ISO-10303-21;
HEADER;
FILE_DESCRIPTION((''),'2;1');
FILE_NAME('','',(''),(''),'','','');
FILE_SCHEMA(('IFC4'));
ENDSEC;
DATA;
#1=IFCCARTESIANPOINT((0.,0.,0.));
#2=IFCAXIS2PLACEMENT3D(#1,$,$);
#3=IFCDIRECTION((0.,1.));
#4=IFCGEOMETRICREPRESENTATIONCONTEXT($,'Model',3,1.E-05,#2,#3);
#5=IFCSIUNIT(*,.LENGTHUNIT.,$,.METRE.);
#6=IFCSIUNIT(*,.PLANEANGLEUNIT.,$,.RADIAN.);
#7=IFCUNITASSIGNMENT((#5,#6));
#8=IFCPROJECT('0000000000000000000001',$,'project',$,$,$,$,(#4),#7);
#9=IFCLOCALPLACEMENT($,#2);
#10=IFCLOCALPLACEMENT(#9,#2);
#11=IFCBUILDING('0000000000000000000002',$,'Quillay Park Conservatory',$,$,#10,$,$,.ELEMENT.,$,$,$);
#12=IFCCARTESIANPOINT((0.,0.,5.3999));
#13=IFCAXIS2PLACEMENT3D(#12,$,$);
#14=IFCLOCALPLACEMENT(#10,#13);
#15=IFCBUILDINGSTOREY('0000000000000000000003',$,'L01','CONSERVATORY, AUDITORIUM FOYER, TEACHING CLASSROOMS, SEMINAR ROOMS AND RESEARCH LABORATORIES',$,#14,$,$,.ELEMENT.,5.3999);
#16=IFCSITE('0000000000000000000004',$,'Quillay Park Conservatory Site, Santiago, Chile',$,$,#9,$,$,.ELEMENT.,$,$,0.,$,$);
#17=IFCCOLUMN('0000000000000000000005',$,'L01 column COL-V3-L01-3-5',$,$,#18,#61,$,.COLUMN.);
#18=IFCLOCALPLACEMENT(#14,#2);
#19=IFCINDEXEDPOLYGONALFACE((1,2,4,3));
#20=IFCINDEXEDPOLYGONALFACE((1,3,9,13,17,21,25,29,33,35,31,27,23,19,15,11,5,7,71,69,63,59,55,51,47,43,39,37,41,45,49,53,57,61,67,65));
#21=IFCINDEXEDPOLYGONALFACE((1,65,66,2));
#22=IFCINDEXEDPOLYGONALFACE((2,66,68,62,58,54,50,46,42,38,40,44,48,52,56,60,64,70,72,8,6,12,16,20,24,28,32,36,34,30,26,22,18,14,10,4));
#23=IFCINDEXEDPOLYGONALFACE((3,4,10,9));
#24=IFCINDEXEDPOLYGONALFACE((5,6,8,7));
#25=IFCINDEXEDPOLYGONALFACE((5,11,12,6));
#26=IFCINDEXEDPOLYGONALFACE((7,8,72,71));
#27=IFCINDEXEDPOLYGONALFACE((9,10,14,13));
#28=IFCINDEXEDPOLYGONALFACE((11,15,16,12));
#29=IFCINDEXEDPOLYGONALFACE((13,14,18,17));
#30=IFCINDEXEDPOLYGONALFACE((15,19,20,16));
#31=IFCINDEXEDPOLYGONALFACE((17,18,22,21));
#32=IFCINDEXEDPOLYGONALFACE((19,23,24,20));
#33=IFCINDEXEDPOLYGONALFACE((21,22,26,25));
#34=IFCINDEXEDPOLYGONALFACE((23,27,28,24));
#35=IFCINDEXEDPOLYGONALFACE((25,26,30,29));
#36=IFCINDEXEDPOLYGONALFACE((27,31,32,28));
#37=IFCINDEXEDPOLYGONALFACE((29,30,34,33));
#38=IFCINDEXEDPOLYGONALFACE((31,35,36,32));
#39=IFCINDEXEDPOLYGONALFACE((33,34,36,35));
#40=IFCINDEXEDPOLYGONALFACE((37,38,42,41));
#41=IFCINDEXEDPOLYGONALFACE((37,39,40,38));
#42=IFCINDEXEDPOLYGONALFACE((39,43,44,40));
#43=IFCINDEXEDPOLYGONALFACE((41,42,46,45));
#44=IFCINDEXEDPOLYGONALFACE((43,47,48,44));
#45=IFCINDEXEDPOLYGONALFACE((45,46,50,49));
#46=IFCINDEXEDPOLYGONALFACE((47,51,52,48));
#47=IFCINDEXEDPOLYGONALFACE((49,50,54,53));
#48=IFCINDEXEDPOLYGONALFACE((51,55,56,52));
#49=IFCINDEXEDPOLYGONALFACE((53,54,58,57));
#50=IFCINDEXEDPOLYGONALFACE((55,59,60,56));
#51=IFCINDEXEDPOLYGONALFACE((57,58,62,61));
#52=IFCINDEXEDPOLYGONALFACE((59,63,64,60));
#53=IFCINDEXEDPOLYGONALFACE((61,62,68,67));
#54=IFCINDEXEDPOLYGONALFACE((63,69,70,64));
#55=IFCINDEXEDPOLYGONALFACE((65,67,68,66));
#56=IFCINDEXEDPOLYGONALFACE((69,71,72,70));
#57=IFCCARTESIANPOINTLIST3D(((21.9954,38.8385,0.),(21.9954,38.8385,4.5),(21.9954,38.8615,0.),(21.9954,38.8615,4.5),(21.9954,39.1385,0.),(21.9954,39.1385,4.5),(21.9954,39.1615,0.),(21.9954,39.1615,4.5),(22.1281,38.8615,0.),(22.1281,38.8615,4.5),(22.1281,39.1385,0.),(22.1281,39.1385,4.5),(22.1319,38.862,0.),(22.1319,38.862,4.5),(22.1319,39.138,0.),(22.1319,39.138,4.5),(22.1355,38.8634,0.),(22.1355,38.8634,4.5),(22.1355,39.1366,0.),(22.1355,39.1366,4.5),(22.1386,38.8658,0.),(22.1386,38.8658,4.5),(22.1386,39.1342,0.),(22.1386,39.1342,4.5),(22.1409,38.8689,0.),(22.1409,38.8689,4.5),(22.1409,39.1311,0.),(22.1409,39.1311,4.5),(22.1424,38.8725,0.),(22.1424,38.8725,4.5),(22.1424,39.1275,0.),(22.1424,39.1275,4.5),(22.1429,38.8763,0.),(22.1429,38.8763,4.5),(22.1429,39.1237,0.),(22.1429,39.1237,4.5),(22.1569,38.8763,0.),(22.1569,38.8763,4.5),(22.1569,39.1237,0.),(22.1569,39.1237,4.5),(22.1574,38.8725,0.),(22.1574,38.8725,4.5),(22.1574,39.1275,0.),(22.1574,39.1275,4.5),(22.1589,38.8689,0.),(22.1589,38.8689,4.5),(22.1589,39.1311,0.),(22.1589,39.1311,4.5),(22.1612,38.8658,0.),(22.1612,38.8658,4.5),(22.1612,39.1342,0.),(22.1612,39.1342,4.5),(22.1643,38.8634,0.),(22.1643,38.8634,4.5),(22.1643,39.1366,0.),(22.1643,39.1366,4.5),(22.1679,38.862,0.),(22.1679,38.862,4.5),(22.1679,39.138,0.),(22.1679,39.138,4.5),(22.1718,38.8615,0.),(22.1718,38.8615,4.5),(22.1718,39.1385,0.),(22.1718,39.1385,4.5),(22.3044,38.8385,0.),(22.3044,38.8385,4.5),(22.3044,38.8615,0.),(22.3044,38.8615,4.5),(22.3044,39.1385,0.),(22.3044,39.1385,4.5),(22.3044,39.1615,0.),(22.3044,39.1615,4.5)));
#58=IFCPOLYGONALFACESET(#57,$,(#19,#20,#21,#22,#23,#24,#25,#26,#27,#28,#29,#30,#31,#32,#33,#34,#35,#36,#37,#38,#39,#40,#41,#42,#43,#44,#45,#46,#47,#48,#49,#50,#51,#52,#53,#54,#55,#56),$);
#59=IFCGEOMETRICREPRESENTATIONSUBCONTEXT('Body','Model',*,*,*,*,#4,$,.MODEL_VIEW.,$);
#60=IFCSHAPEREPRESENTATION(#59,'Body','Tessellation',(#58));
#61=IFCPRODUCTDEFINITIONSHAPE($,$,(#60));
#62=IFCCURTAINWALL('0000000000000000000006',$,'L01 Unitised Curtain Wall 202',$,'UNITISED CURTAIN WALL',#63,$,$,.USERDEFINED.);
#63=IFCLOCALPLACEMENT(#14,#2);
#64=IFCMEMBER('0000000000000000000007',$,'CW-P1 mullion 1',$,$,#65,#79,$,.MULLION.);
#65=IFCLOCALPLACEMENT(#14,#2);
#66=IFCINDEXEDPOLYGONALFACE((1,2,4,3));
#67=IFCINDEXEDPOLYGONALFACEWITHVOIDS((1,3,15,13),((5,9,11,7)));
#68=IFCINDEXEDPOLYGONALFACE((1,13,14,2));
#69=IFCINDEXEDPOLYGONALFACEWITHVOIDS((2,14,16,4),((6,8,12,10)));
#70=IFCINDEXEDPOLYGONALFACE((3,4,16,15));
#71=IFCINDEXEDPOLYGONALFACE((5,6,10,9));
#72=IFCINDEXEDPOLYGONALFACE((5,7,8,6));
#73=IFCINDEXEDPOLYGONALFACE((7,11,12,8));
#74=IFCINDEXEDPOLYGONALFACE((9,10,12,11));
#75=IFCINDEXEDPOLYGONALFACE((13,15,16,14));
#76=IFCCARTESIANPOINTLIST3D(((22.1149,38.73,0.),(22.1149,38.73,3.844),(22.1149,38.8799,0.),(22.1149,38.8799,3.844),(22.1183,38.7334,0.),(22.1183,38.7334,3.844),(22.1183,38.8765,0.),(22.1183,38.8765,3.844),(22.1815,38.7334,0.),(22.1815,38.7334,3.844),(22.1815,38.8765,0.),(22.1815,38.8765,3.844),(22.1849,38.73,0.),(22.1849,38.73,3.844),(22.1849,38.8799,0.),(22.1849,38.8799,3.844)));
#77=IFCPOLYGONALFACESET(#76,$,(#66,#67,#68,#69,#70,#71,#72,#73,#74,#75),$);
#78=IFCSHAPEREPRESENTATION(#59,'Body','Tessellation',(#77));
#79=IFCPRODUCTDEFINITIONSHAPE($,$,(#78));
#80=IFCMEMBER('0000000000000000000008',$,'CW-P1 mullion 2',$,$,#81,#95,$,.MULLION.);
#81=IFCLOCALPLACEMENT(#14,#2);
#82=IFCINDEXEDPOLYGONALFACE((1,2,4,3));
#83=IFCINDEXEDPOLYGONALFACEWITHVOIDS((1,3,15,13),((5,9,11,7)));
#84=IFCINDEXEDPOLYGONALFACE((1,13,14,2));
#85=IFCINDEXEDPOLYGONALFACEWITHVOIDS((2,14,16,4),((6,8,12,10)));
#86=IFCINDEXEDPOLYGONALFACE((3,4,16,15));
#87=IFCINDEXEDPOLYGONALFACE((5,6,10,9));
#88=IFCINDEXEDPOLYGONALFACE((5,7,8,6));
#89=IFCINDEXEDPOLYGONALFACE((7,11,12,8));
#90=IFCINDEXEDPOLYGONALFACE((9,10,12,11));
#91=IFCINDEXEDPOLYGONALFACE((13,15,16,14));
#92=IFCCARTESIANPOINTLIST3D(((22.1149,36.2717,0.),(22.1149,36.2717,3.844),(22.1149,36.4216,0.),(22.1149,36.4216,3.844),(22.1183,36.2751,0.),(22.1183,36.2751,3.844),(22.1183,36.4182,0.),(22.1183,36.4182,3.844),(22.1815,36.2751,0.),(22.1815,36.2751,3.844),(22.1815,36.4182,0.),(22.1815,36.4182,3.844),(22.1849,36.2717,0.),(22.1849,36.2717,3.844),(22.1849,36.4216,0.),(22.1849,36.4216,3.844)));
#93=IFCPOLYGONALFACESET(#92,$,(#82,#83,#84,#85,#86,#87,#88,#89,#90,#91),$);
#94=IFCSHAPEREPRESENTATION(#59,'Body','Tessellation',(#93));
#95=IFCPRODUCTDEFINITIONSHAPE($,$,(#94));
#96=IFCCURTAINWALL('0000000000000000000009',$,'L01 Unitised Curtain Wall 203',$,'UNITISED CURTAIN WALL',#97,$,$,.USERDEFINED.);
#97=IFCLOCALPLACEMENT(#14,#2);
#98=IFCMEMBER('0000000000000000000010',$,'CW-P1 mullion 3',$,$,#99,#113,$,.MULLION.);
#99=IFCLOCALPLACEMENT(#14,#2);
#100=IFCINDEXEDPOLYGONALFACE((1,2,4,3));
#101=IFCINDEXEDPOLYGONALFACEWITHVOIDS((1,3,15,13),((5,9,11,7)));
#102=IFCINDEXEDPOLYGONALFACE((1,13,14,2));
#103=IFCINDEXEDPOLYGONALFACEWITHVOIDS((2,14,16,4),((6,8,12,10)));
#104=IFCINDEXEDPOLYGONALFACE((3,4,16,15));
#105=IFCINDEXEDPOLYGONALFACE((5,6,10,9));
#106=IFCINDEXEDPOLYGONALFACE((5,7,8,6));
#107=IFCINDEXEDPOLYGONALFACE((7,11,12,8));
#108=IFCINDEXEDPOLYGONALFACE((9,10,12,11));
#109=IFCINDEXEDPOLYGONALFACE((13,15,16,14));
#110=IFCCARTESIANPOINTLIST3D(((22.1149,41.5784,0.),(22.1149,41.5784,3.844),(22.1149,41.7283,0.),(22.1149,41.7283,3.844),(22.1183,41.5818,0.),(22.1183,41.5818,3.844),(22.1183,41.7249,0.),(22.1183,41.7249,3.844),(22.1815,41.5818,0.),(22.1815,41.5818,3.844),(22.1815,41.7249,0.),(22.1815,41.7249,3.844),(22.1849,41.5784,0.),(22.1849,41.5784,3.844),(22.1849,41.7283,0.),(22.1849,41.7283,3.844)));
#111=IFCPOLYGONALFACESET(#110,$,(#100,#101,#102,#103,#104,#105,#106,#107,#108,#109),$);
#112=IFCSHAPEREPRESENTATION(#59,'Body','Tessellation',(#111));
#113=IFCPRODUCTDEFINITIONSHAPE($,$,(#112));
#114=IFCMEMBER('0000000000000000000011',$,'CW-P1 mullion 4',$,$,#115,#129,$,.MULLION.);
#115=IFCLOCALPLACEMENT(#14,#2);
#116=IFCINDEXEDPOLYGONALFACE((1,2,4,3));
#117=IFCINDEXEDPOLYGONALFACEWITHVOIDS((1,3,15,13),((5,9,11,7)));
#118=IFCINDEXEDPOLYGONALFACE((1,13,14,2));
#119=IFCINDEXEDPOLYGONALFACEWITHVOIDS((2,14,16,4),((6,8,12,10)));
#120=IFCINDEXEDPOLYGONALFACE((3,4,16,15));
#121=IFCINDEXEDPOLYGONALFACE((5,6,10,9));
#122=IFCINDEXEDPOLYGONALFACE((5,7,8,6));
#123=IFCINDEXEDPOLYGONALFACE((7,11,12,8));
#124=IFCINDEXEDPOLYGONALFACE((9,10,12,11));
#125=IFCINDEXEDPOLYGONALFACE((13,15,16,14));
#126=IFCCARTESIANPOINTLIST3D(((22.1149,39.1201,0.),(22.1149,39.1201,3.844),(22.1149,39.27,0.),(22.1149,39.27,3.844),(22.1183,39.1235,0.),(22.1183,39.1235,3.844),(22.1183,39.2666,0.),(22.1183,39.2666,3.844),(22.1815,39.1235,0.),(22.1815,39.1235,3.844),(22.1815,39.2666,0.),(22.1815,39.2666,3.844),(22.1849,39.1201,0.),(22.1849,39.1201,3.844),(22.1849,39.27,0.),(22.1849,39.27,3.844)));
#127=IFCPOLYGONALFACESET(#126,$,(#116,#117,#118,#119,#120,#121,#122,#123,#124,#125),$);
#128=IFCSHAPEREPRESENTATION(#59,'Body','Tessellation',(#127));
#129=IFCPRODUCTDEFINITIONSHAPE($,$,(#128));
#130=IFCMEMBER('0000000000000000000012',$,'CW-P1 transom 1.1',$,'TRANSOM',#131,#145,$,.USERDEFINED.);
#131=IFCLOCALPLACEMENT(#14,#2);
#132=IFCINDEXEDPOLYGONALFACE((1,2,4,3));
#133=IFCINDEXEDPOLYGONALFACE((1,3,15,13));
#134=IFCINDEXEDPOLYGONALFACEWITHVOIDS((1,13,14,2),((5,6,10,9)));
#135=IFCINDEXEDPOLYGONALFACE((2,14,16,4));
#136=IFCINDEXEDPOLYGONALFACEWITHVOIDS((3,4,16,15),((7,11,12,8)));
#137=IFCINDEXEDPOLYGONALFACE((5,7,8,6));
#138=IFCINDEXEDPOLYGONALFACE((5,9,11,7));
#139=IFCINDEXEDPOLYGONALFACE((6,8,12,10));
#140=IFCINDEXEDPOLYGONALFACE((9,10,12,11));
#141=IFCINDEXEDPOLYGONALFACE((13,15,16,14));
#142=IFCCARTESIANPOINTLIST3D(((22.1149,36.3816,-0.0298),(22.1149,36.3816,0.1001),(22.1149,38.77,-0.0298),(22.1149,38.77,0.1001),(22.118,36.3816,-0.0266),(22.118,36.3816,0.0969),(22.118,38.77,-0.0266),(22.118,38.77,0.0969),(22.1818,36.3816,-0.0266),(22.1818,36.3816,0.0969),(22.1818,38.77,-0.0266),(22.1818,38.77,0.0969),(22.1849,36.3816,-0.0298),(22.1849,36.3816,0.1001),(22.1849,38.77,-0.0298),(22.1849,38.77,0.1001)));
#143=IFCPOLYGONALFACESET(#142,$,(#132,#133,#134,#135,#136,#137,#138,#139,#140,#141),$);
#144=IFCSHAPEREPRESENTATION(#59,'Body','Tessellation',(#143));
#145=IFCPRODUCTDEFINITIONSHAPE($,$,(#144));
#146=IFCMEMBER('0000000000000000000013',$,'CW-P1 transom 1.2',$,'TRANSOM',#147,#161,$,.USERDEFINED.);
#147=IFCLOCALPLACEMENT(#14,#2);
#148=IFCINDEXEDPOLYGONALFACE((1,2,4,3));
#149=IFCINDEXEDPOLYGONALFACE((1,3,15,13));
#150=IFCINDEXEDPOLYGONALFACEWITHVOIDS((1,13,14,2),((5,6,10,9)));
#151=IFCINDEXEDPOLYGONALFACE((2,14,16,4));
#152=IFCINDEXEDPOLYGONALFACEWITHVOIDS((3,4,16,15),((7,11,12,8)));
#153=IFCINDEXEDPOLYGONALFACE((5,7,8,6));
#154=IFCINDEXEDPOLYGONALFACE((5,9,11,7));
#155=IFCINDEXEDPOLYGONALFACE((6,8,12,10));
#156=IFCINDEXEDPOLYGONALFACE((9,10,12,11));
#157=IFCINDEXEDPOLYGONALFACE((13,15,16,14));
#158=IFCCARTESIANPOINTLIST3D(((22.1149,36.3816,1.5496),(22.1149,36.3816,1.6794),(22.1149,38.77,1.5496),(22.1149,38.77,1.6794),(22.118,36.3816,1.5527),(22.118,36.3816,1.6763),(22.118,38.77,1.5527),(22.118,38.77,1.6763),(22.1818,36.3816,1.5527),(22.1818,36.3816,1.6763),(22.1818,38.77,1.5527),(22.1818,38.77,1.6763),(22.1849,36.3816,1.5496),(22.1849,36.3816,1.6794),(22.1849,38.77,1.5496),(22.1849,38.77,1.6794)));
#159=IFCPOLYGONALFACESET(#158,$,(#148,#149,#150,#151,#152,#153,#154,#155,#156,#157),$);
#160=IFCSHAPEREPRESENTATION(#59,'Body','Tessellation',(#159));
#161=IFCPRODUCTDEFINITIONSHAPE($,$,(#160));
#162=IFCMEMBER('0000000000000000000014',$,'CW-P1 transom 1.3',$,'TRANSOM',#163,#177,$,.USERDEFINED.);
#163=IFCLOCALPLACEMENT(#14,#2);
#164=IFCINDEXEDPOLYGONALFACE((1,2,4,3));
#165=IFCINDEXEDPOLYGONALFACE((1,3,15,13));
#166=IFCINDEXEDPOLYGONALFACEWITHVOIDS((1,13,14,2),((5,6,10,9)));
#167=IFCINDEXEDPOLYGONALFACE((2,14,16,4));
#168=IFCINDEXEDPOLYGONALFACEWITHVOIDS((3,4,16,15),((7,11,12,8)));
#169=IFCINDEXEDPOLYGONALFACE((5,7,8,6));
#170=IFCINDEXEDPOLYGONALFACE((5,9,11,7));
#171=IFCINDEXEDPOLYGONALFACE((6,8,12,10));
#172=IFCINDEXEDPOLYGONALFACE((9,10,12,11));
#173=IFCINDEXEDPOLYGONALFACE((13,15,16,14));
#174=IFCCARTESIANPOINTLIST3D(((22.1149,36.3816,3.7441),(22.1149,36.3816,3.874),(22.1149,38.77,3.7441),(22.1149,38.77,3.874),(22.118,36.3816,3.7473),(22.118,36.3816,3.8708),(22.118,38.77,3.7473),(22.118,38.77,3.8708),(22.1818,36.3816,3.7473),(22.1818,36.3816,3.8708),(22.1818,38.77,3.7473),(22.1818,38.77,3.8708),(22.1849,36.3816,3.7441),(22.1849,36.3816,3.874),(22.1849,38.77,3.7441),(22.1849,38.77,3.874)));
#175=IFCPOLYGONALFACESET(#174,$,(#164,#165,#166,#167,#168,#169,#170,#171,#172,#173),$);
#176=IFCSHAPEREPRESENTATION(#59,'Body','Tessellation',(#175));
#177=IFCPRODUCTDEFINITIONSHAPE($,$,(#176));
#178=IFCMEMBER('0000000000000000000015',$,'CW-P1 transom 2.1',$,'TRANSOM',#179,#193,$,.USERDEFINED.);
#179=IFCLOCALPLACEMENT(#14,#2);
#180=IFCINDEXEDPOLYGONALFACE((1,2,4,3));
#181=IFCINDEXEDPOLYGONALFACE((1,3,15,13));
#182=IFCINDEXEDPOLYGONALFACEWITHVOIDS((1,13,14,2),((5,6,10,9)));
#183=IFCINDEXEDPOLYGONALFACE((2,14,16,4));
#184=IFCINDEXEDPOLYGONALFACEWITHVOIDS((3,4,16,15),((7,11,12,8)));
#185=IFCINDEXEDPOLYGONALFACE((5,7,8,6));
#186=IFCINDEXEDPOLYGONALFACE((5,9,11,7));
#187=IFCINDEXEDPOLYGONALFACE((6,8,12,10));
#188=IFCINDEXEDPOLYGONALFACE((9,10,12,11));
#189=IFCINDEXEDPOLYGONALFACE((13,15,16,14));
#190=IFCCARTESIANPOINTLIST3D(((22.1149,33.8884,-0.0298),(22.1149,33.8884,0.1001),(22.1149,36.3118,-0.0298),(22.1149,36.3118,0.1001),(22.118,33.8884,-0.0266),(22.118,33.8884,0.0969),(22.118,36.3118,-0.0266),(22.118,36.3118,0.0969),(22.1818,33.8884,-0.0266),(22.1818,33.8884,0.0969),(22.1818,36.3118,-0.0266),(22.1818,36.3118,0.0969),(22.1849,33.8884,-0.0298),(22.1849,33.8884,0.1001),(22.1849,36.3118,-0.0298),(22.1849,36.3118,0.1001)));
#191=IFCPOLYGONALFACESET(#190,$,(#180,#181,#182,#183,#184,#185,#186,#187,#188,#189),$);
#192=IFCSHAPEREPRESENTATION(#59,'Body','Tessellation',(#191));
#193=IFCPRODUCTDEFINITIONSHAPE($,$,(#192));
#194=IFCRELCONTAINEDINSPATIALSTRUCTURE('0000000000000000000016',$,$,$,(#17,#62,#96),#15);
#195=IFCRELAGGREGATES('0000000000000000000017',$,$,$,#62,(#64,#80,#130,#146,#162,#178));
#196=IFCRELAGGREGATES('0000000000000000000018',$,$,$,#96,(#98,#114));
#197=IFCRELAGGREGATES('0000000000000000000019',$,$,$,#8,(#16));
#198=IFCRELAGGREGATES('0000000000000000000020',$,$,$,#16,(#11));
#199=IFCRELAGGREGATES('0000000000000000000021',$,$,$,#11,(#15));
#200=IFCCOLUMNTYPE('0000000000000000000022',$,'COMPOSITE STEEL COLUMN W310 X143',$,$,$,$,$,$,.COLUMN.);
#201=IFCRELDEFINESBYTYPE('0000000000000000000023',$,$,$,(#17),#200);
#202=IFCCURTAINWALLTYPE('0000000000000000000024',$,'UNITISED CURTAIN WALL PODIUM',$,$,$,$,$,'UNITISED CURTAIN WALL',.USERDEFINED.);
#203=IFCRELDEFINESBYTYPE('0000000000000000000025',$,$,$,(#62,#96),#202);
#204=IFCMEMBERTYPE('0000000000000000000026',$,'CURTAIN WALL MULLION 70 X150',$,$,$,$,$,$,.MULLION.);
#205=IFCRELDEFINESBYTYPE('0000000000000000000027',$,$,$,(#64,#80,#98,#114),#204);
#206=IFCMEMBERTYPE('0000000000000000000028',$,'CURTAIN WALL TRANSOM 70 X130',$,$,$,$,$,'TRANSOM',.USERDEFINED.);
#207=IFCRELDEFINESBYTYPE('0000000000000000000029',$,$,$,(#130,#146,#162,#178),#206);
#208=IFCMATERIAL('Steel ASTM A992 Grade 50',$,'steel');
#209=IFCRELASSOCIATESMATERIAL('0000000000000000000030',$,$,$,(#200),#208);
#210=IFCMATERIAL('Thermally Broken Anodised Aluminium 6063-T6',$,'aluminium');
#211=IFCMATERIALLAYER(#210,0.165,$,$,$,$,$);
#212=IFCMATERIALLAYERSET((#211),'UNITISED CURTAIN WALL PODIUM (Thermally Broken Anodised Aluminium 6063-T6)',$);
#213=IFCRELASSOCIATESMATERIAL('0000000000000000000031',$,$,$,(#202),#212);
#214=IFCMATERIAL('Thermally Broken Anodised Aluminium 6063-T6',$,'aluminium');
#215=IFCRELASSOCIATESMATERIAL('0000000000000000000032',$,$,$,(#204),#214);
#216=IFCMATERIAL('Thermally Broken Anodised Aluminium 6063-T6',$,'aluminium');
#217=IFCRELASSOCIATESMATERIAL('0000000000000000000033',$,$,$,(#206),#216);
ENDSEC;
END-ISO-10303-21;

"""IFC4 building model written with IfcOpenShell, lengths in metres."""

from ifc_helpers import new_model, si_unit, direction, frame, origin, origin_2d, place, context, subcontext, project, spatial, hollow_rectangle, i_section, extrude, material, layer, layer_set, material_profile, profile_set, type_object, element, aggregate, save


model = new_model("IFC4")

# Units and contexts
model_context = context("Model", 3, precision=1e-05, world=origin(), true_north=direction((0.0, 1.0)))
body_context = subcontext(model_context, "Body", "Model", "MODEL_VIEW")
ifc_project = project(units=[si_unit("LENGTHUNIT", "METRE"), si_unit("PLANEANGLEUNIT", "RADIAN")], contexts=[model_context])

# Site, building, storey
site_placement = place(None, origin())
site = spatial("IfcSite", under=ifc_project, at=site_placement, Name="Quillay Park Conservatory Site, Santiago, Chile", CompositionType="ELEMENT", RefElevation=0.0)
building_placement = place(site_placement, origin())
building = spatial("IfcBuilding", under=site, at=building_placement, Name="Quillay Park Conservatory", CompositionType="ELEMENT")
storey_placement = place(building_placement, frame((0.0, 0.0, 5.3999)))
storey = spatial("IfcBuildingStorey", under=building, at=storey_placement, Name="L01", Description="CONSERVATORY, AUDITORIUM FOYER, TEACHING CLASSROOMS, SEMINAR ROOMS AND RESEARCH LABORATORIES", CompositionType="ELEMENT", Elevation=5.3999)

# Column
ifc_material_1 = material(Name="Steel ASTM A992 Grade 50", Category="steel")
ifc_material_profile_1 = material_profile(ifc_material_1, i_section(OverallWidth=0.3091, OverallDepth=0.323, WebThickness=0.0139, FlangeThickness=0.0229, FilletRadius=0.0149, at=origin_2d()), Name="W310x143")
ifc_profile_set_1 = profile_set([ifc_material_profile_1], Name="Steel ASTM A992 Grade 50")
column_type = type_object("IfcColumnType", Name="COMPOSITE STEEL COLUMN W310 X143", PredefinedType="COLUMN", material=ifc_profile_set_1)
column_placement = place(storey_placement, frame((22.1499, 39.0, 0.0), z_axis=(0.0, 0.0, 1.0), x_axis=(1.0, 0.0, 0.0)))
element("IfcColumn", 1, at=column_placement, inside=storey, type_object=column_type, Name="L01 column COL-V3-L01-3-5", PredefinedType="COLUMN", context=body_context, shape_type="SweptSolid", body=[
    extrude(i_section(OverallWidth=0.3091, OverallDepth=0.323, WebThickness=0.0139, FlangeThickness=0.0229, FilletRadius=0.0149, at=origin_2d()), origin(), (0.0, 0.0, 1.0), 4.5),
])

# Curtain walls, members
ifc_material_2 = material(Name="Thermally Broken Anodised Aluminium 6063-T6", Category="aluminium")
ifc_layer_1 = layer(ifc_material_2, 0.165)
ifc_layer_set_1 = layer_set([ifc_layer_1], Name="UNITISED CURTAIN WALL PODIUM (Thermally Broken Anodised Aluminium 6063-T6)")
curtain_wall_type = type_object("IfcCurtainWallType", Name="UNITISED CURTAIN WALL PODIUM", ElementType="UNITISED CURTAIN WALL", PredefinedType="USERDEFINED", material=ifc_layer_set_1)
curtain_wall_1_placement = place(storey_placement, origin())
curtain_wall_1 = element("IfcCurtainWall", 2, at=curtain_wall_1_placement, inside=storey, type_object=curtain_wall_type, Name="L01 Unitised Curtain Wall 202", ObjectType="UNITISED CURTAIN WALL", PredefinedType="USERDEFINED")
ifc_material_3 = material(Name="Thermally Broken Anodised Aluminium 6063-T6", Category="aluminium")
ifc_material_profile_2 = material_profile(ifc_material_3, hollow_rectangle(XDim=0.0701, YDim=0.1499, WallThickness=0.0034, at=origin_2d()), Name="AL70x150x3.5")
ifc_profile_set_2 = profile_set([ifc_material_profile_2], Name="Thermally Broken Anodised Aluminium 6063-T6")
member_type_1 = type_object("IfcMemberType", Name="CURTAIN WALL MULLION 70 X150", PredefinedType="MULLION", material=ifc_profile_set_2)
member_1_placement = place(storey_placement, frame((22.1499, 38.8049, 0.0), z_axis=(0.0, 0.0, 1.0), x_axis=(1.0, 0.0, 0.0)))
member_1 = element("IfcMember", 3, at=member_1_placement, type_object=member_type_1, Name="CW-P1 mullion 1", PredefinedType="MULLION", context=body_context, shape_type="SweptSolid", body=[
    extrude(hollow_rectangle(XDim=0.0701, YDim=0.1499, WallThickness=0.0034, at=origin_2d()), origin(), (0.0, 0.0, 1.0), 3.844),
])
member_2_placement = place(storey_placement, frame((22.1499, 36.3467, 0.0), z_axis=(0.0, 0.0, 1.0), x_axis=(1.0, 0.0, 0.0)))
member_2 = element("IfcMember", 4, at=member_2_placement, type_object=member_type_1, Name="CW-P1 mullion 2", PredefinedType="MULLION", context=body_context, shape_type="SweptSolid", body=[
    extrude(hollow_rectangle(XDim=0.0701, YDim=0.1499, WallThickness=0.0034, at=origin_2d()), origin(), (0.0, 0.0, 1.0), 3.844),
])
curtain_wall_2_placement = place(storey_placement, origin())
curtain_wall_2 = element("IfcCurtainWall", 5, at=curtain_wall_2_placement, inside=storey, type_object=curtain_wall_type, Name="L01 Unitised Curtain Wall 203", ObjectType="UNITISED CURTAIN WALL", PredefinedType="USERDEFINED")
member_3_placement = place(storey_placement, frame((22.1499, 41.6533, 0.0), z_axis=(0.0, 0.0, 1.0), x_axis=(1.0, 0.0, 0.0)))
member_3 = element("IfcMember", 6, at=member_3_placement, type_object=member_type_1, Name="CW-P1 mullion 3", PredefinedType="MULLION", context=body_context, shape_type="SweptSolid", body=[
    extrude(hollow_rectangle(XDim=0.0701, YDim=0.1499, WallThickness=0.0034, at=origin_2d()), origin(), (0.0, 0.0, 1.0), 3.844),
])
member_4_placement = place(storey_placement, frame((22.1499, 39.1951, 0.0), z_axis=(0.0, 0.0, 1.0), x_axis=(1.0, 0.0, 0.0)))
member_4 = element("IfcMember", 7, at=member_4_placement, type_object=member_type_1, Name="CW-P1 mullion 4", PredefinedType="MULLION", context=body_context, shape_type="SweptSolid", body=[
    extrude(hollow_rectangle(XDim=0.0701, YDim=0.1499, WallThickness=0.0034, at=origin_2d()), origin(), (0.0, 0.0, 1.0), 3.844),
])

# Members
ifc_material_4 = material(Name="Thermally Broken Anodised Aluminium 6063-T6", Category="aluminium")
ifc_material_profile_3 = material_profile(ifc_material_4, hollow_rectangle(XDim=0.0701, YDim=0.1299, WallThickness=0.0032, at=origin_2d()), Name="AL70x130x3.2")
ifc_profile_set_3 = profile_set([ifc_material_profile_3], Name="Thermally Broken Anodised Aluminium 6063-T6")
member_type_2 = type_object("IfcMemberType", Name="CURTAIN WALL TRANSOM 70 X130", ElementType="TRANSOM", PredefinedType="USERDEFINED", material=ifc_profile_set_3)
member_5_placement = place(storey_placement, frame((22.1499, 38.77, 0.0352), z_axis=(0.0, -1.0, 0.0), x_axis=(1.0, 0.0, 0.0)))
member_5 = element("IfcMember", 8, at=member_5_placement, type_object=member_type_2, Name="CW-P1 transom 1.1", ObjectType="TRANSOM", PredefinedType="USERDEFINED", context=body_context, shape_type="SweptSolid", body=[
    extrude(hollow_rectangle(XDim=0.0701, YDim=0.1299, WallThickness=0.0032, at=origin_2d()), origin(), (0.0, 0.0, 1.0), 2.3884),
])
member_6_placement = place(storey_placement, frame((22.1499, 38.77, 1.6145), z_axis=(0.0, -1.0, 0.0), x_axis=(1.0, 0.0, 0.0)))
member_6 = element("IfcMember", 9, at=member_6_placement, type_object=member_type_2, Name="CW-P1 transom 1.2", ObjectType="TRANSOM", PredefinedType="USERDEFINED", context=body_context, shape_type="SweptSolid", body=[
    extrude(hollow_rectangle(XDim=0.0701, YDim=0.1299, WallThickness=0.0032, at=origin_2d()), origin(), (0.0, 0.0, 1.0), 2.3884),
])
member_7_placement = place(storey_placement, frame((22.1499, 38.77, 3.8091), z_axis=(0.0, -1.0, 0.0), x_axis=(1.0, 0.0, 0.0)))
member_7 = element("IfcMember", 10, at=member_7_placement, type_object=member_type_2, Name="CW-P1 transom 1.3", ObjectType="TRANSOM", PredefinedType="USERDEFINED", context=body_context, shape_type="SweptSolid", body=[
    extrude(hollow_rectangle(XDim=0.0701, YDim=0.1299, WallThickness=0.0032, at=origin_2d()), origin(), (0.0, 0.0, 1.0), 2.3884),
])
member_8_placement = place(storey_placement, frame((22.1499, 36.3118, 0.0352), z_axis=(0.0, -1.0, 0.0), x_axis=(1.0, 0.0, 0.0)))
member_8 = element("IfcMember", 11, at=member_8_placement, type_object=member_type_2, Name="CW-P1 transom 2.1", ObjectType="TRANSOM", PredefinedType="USERDEFINED", context=body_context, shape_type="SweptSolid", body=[
    extrude(hollow_rectangle(XDim=0.0701, YDim=0.1299, WallThickness=0.0032, at=origin_2d()), origin(), (0.0, 0.0, 1.0), 2.4233),
])

aggregate(curtain_wall_1, [member_1, member_2, member_5, member_6, member_7, member_8])
aggregate(curtain_wall_2, [member_3, member_4])

save(model, "model.ifc")
